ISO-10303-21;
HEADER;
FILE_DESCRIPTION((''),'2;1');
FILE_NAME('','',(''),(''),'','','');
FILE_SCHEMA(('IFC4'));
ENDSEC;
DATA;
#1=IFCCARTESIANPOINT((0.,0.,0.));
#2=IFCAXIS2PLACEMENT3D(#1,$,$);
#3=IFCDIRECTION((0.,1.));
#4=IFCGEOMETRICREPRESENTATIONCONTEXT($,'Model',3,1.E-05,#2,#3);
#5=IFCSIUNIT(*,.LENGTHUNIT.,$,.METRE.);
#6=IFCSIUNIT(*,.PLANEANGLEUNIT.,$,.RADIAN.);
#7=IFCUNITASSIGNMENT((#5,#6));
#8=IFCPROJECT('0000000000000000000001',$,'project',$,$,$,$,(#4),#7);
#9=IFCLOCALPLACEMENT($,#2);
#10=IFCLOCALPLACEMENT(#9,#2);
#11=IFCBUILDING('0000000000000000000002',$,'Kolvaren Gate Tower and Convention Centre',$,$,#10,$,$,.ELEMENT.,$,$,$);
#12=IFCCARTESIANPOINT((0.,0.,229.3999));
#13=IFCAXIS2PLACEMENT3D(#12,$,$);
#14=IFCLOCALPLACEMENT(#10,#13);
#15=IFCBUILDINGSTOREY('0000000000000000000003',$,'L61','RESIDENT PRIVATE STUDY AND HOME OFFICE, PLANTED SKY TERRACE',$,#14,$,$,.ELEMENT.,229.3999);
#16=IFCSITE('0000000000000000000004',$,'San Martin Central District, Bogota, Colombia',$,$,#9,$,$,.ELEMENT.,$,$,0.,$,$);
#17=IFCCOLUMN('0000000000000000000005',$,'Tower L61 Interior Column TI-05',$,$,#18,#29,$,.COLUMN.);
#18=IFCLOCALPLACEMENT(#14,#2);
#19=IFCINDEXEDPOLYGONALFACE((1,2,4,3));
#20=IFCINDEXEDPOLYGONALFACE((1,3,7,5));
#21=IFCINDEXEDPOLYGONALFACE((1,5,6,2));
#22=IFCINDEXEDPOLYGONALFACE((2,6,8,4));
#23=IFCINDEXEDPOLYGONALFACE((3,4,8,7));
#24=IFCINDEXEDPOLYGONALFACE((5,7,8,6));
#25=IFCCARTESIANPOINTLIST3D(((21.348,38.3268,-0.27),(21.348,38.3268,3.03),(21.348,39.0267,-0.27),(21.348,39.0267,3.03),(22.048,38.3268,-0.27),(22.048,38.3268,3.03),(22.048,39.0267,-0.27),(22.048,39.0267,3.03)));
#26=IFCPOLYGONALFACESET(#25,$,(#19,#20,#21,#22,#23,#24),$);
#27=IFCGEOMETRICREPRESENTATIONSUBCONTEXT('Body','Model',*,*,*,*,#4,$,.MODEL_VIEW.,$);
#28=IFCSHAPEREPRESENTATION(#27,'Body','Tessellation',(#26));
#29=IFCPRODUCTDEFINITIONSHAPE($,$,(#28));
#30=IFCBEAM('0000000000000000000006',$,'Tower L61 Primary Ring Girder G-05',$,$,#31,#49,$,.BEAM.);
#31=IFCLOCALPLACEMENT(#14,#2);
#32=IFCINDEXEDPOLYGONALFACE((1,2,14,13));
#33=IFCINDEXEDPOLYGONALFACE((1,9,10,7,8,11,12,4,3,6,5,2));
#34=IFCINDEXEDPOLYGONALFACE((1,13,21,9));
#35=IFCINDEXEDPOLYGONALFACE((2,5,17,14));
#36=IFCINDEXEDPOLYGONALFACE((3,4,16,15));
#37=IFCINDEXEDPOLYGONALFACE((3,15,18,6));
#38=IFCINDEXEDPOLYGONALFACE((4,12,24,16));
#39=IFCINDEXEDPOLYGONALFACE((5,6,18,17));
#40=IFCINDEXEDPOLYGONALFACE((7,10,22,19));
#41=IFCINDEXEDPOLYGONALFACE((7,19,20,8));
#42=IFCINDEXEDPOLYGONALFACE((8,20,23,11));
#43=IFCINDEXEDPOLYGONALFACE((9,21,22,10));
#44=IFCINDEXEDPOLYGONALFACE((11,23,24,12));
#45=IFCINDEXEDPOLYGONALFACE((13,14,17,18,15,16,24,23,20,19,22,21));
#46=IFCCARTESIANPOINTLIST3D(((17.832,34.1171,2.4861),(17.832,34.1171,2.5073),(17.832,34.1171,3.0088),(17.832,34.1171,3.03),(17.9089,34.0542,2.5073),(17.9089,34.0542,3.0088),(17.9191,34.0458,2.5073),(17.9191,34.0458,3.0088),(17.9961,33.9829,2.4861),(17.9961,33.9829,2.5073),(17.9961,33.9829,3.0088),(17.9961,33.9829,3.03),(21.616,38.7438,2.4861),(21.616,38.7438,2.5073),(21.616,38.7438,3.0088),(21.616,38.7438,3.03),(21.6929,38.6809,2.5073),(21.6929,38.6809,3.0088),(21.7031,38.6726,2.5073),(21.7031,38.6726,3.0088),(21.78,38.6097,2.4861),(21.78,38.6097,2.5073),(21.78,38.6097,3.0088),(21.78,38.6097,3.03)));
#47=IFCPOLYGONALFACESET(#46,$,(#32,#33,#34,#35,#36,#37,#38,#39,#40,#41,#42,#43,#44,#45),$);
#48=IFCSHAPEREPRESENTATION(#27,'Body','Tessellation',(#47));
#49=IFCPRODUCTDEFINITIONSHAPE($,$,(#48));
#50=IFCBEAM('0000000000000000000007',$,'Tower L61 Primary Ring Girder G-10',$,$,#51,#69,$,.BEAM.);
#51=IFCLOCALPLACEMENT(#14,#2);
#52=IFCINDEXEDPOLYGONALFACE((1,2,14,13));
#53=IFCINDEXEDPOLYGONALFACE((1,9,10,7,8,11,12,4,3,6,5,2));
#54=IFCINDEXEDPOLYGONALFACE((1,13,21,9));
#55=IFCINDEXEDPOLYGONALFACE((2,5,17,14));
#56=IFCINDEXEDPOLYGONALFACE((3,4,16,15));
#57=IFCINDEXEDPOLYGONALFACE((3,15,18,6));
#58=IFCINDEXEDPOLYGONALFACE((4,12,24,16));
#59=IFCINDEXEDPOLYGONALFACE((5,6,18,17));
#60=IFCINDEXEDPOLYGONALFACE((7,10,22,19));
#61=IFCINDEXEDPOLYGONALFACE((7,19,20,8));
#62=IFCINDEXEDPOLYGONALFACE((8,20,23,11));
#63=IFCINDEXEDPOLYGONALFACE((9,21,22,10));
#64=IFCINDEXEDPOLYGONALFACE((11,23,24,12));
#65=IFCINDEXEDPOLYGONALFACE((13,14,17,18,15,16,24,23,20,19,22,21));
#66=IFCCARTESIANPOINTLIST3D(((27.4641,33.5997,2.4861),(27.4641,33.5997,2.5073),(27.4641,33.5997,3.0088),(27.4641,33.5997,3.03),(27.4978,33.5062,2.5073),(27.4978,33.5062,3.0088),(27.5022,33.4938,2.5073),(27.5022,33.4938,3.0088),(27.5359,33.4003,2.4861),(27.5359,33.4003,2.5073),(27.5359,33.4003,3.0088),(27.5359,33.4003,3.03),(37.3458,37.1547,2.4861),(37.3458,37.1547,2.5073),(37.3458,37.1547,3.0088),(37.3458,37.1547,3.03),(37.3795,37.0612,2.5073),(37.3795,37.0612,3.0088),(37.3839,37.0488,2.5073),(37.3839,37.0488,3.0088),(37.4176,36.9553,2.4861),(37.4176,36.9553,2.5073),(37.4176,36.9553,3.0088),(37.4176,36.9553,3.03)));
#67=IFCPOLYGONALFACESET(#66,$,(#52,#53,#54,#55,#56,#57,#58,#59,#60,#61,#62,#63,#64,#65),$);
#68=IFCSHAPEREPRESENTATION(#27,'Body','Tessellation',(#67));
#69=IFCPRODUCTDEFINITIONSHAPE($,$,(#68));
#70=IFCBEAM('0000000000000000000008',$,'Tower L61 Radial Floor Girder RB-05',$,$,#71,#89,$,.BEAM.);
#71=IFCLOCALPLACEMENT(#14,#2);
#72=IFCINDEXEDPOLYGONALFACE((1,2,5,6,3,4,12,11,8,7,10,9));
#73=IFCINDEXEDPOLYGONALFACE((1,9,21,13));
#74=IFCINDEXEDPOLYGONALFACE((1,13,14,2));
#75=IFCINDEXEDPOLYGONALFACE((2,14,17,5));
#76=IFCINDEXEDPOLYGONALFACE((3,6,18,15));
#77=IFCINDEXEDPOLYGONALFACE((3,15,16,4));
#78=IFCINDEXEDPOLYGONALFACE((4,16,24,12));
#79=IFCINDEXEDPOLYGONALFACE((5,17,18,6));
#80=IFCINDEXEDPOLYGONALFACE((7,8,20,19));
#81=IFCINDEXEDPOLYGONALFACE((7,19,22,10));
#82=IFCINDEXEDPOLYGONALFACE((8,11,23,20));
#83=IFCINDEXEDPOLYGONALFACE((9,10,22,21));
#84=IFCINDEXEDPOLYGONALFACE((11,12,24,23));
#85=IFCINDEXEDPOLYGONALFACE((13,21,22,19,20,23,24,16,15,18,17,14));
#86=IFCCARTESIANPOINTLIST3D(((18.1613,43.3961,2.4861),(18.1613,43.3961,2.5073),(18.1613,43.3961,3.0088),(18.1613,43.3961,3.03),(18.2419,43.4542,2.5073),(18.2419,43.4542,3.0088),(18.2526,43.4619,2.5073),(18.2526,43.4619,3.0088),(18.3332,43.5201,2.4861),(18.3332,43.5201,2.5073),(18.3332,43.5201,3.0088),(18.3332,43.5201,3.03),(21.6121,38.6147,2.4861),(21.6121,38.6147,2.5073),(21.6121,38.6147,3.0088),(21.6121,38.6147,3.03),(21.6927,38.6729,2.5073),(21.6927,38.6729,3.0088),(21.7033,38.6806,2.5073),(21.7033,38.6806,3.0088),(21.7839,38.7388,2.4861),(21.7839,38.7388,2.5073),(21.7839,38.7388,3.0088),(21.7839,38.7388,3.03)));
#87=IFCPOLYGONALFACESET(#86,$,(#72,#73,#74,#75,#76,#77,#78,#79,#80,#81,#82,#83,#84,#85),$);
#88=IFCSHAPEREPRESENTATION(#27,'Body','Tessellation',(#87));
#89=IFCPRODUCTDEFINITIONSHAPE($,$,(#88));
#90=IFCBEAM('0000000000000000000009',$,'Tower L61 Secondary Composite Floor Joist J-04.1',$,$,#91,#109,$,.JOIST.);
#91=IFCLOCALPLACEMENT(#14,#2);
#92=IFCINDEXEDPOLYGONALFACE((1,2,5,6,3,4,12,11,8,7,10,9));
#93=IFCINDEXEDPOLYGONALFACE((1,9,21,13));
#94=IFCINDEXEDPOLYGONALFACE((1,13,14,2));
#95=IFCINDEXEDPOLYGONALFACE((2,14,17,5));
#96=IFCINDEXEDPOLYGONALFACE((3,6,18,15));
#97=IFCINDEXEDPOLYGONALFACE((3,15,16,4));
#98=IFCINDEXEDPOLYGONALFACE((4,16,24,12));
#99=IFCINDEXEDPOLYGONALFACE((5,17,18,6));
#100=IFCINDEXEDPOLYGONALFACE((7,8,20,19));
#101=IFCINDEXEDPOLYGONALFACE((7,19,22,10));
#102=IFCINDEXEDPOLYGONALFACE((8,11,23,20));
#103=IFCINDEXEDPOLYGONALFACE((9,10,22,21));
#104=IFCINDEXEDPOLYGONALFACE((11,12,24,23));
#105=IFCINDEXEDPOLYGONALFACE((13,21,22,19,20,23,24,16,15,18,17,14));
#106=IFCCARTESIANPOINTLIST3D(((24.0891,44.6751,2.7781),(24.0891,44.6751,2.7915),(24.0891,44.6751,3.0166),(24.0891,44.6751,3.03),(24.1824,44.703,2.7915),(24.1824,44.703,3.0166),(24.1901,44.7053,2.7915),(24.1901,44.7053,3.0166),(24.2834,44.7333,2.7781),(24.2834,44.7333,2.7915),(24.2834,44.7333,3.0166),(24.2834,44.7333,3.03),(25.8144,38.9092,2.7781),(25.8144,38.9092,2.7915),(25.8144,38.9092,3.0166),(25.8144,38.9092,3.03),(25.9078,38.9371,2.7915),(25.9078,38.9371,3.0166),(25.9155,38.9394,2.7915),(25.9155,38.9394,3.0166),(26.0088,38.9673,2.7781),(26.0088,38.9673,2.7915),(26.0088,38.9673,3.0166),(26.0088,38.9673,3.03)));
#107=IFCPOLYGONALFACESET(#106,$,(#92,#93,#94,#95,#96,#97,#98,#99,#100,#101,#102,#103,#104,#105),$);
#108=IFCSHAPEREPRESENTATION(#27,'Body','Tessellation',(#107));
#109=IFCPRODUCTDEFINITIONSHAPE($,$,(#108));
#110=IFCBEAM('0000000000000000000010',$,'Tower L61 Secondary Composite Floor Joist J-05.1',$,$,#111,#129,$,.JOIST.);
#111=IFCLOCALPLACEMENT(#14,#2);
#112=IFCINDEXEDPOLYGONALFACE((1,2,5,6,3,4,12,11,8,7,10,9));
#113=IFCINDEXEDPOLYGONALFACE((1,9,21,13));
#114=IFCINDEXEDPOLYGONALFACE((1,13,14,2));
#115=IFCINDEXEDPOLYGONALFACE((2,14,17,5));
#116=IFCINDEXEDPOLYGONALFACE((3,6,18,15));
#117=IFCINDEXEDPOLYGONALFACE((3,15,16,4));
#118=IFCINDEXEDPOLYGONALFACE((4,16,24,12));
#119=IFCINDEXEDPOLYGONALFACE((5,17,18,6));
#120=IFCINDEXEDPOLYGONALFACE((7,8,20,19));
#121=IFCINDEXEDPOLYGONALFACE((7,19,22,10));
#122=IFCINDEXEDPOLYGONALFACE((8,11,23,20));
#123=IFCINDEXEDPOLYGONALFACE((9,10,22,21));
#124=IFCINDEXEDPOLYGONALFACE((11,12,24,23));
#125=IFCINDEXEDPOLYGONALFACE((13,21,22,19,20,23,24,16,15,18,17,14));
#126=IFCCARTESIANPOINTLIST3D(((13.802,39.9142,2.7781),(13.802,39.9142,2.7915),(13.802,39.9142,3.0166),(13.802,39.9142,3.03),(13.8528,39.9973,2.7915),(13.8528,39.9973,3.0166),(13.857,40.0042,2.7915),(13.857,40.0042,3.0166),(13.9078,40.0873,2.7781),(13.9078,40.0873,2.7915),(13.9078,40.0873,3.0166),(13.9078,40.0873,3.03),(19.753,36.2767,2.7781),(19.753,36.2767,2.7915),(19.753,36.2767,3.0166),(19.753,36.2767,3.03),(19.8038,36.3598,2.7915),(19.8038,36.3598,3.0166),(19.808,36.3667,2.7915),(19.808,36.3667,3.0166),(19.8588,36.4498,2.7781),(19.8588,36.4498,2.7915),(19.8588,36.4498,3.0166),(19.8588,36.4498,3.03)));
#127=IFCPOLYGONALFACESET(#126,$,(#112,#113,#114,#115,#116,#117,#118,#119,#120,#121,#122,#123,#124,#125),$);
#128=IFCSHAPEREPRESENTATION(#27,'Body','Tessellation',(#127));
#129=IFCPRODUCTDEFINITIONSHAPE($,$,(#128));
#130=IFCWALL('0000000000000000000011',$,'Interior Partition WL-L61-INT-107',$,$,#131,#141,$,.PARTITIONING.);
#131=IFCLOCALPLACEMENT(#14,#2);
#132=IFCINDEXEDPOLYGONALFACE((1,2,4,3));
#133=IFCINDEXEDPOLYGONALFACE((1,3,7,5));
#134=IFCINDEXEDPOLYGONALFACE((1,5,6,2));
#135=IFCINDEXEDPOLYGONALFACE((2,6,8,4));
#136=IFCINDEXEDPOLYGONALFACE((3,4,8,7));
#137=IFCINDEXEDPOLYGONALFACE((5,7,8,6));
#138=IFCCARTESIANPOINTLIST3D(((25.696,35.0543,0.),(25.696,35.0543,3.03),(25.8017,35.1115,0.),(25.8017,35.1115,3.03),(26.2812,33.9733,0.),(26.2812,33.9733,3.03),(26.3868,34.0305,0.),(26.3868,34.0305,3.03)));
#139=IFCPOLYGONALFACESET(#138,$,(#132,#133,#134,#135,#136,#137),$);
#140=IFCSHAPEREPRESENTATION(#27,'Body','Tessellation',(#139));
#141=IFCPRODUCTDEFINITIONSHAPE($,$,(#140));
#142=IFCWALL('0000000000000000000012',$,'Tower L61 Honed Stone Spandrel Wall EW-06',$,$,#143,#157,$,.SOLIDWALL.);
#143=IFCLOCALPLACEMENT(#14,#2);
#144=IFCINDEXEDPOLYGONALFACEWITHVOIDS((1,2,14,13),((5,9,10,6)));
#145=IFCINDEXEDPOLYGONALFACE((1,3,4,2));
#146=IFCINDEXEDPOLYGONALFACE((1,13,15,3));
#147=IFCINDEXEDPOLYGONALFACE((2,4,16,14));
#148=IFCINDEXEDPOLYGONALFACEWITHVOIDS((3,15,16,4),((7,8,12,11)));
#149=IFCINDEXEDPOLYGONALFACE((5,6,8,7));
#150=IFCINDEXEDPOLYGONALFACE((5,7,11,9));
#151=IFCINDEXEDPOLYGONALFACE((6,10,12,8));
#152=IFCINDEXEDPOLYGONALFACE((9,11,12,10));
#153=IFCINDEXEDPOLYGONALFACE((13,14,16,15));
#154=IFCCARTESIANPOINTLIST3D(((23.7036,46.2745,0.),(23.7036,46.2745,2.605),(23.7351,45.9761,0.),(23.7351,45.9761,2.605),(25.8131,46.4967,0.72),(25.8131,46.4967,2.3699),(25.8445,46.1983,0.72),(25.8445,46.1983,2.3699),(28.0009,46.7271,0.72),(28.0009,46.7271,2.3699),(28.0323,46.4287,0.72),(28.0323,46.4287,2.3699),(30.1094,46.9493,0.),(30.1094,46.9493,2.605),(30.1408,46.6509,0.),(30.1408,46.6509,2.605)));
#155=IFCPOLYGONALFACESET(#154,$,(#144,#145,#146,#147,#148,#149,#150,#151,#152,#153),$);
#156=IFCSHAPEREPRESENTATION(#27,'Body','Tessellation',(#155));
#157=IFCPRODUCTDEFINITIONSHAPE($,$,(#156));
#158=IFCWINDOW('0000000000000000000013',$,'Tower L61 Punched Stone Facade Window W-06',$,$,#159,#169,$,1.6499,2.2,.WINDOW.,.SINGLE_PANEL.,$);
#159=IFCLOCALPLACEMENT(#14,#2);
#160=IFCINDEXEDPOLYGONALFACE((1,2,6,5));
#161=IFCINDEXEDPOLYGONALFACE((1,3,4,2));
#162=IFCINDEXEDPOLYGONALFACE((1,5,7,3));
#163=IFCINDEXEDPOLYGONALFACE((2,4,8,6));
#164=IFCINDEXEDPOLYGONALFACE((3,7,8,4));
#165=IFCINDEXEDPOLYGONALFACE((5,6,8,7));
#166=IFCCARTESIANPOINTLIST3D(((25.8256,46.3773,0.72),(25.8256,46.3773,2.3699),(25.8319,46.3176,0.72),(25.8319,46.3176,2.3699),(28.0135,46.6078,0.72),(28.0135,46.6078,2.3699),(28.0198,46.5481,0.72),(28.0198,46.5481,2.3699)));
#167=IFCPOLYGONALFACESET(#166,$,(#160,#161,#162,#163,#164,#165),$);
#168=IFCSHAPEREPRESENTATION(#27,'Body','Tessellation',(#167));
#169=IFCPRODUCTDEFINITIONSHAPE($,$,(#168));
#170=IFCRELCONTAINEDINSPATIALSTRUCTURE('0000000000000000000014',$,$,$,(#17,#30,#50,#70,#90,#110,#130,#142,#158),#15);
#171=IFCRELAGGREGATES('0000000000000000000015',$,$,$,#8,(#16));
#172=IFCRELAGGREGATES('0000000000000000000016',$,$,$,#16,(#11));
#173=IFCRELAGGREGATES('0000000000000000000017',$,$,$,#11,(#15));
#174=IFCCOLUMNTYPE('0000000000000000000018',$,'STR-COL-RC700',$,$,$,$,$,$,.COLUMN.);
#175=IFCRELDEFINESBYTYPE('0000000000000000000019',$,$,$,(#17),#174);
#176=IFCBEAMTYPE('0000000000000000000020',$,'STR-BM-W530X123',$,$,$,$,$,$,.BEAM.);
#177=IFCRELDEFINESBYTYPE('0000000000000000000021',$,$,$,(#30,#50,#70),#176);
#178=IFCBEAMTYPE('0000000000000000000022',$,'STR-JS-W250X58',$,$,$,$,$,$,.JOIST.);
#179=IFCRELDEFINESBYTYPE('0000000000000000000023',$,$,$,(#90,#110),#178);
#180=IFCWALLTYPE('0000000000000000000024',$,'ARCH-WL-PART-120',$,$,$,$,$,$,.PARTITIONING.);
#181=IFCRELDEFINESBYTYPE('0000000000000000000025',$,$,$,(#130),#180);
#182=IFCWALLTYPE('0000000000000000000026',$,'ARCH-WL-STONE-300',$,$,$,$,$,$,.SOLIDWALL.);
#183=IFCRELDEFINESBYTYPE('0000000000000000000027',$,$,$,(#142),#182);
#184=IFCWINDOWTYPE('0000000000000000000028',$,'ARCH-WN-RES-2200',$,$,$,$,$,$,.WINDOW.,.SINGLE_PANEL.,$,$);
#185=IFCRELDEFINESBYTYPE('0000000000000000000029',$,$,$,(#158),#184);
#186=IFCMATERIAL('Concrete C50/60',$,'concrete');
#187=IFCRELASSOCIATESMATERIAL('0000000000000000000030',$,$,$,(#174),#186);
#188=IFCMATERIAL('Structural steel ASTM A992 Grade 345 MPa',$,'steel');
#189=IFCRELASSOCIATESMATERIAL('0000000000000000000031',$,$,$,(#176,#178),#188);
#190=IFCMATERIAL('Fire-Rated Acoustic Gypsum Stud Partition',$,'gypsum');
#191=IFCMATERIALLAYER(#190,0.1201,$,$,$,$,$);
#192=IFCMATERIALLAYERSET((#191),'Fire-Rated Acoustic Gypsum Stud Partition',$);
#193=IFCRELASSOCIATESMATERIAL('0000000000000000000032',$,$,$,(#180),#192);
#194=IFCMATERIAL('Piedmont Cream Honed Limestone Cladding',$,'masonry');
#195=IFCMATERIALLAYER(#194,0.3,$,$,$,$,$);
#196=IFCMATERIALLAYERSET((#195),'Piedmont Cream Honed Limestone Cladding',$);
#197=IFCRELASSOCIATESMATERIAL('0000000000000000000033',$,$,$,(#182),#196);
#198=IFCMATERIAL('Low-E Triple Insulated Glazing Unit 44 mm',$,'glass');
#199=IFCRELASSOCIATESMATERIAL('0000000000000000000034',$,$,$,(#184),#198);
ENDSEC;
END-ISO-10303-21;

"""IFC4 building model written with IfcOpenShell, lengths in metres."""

from ifc_helpers import new_model, si_unit, direction, frame, frame_2d, origin, origin_2d, place, context, subcontext, project, spatial, rectangle, i_section, extrude, material, layer, layer_set, material_profile, profile_set, type_object, element, fill, save


model = new_model("IFC4")

# Units and contexts
model_context = context("Model", 3, precision=1e-05, world=origin(), true_north=direction((0.0, 1.0)))
body_context = subcontext(model_context, "Body", "Model", "MODEL_VIEW")
ifc_project = project(units=[si_unit("LENGTHUNIT", "METRE"), si_unit("PLANEANGLEUNIT", "RADIAN")], contexts=[model_context])

# Site, building, storey
site_placement = place(None, origin())
site = spatial("IfcSite", under=ifc_project, at=site_placement, Name="San Martin Central District, Bogota, Colombia", CompositionType="ELEMENT", RefElevation=0.0)
building_placement = place(site_placement, origin())
building = spatial("IfcBuilding", under=site, at=building_placement, Name="Kolvaren Gate Tower and Convention Centre", CompositionType="ELEMENT")
storey_placement = place(building_placement, frame((0.0, 0.0, 229.3999)))
storey = spatial("IfcBuildingStorey", under=building, at=storey_placement, Name="L61", Description="RESIDENT PRIVATE STUDY AND HOME OFFICE, PLANTED SKY TERRACE", CompositionType="ELEMENT", Elevation=229.3999)

# Column
ifc_material_1 = material(Name="Concrete C50/60", Category="concrete")
ifc_material_profile_1 = material_profile(ifc_material_1, rectangle(XDim=0.7, YDim=0.7, at=origin_2d()), Name="RC-COL-700X700")
ifc_profile_set_1 = profile_set([ifc_material_profile_1], Name="Concrete C50/60")
column_type = type_object("IfcColumnType", Name="STR-COL-RC700", PredefinedType="COLUMN", material=ifc_profile_set_1)
column_placement = place(storey_placement, frame((21.698, 38.6768, -0.27), z_axis=(0.0, 0.0, 1.0), x_axis=(1.0, 0.0, 0.0)))
element("IfcColumn", 1, at=column_placement, inside=storey, type_object=column_type, Name="Tower L61 Interior Column TI-05", PredefinedType="COLUMN", context=body_context, shape_type="SweptSolid", body=[
    extrude(rectangle(XDim=0.7, YDim=0.7, at=origin_2d()), origin(), (0.0, 0.0, 1.0), 3.3),
])

# Beams
ifc_material_2 = material(Name="Structural steel ASTM A992 Grade 345 MPa", Category="steel")
ifc_material_profile_2 = material_profile(ifc_material_2, i_section(OverallWidth=0.2119, OverallDepth=0.5439, WebThickness=0.0132, FlangeThickness=0.0212, at=origin_2d()), Name="W530X123")
ifc_profile_set_2 = profile_set([ifc_material_profile_2], Name="Structural steel ASTM A992 Grade 345 MPa")
beam_type_1 = type_object("IfcBeamType", Name="STR-BM-W530X123", PredefinedType="BEAM", material=ifc_profile_set_2)
beam_1_placement = place(storey_placement, frame((21.698, 38.6768, 2.7581), z_axis=(-0.633082, -0.774085, 0.0), x_axis=(0.774085, -0.633082, 0.0)))
element("IfcBeam", 2, at=beam_1_placement, inside=storey, type_object=beam_type_1, Name="Tower L61 Primary Ring Girder G-05", PredefinedType="BEAM", context=body_context, shape_type="SweptSolid", body=[
    extrude(i_section(OverallWidth=0.2119, OverallDepth=0.5439, WebThickness=0.0132, FlangeThickness=0.0212, at=origin_2d()), origin(), (0.0, 0.0, 1.0), 5.9771),
])
beam_2_placement = place(storey_placement, frame((27.5, 33.5, 2.7581), z_axis=(0.940961, 0.338514, 0.0), x_axis=(-0.338514, 0.940961, 0.0)))
element("IfcBeam", 3, at=beam_2_placement, inside=storey, type_object=beam_type_1, Name="Tower L61 Primary Ring Girder G-10", PredefinedType="BEAM", context=body_context, shape_type="SweptSolid", body=[
    extrude(i_section(OverallWidth=0.2119, OverallDepth=0.5439, WebThickness=0.0132, FlangeThickness=0.0212, at=origin_2d()), origin(), (0.0, 0.0, 1.0), 10.5017),
])
beam_3_placement = place(storey_placement, frame((21.698, 38.6768, 2.7581), z_axis=(-0.585218, 0.810876, 0.0), x_axis=(-0.810876, -0.585218, 0.0)))
element("IfcBeam", 4, at=beam_3_placement, inside=storey, type_object=beam_type_1, Name="Tower L61 Radial Floor Girder RB-05", PredefinedType="BEAM", context=body_context, shape_type="SweptSolid", body=[
    extrude(i_section(OverallWidth=0.2119, OverallDepth=0.5439, WebThickness=0.0132, FlangeThickness=0.0212, at=origin_2d()), origin(), (0.0, 0.0, 1.0), 5.8965),
])
ifc_material_profile_3 = material_profile(ifc_material_2, i_section(OverallWidth=0.2029, OverallDepth=0.252, WebThickness=0.0081, FlangeThickness=0.0134, at=origin_2d()), Name="W250X58")
ifc_profile_set_3 = profile_set([ifc_material_profile_3], Name="Structural steel ASTM A992 Grade 345 MPa")
beam_type_2 = type_object("IfcBeamType", Name="STR-JS-W250X58", PredefinedType="JOIST", material=ifc_profile_set_3)
beam_4_placement = place(storey_placement, frame((25.9116, 38.9382, 2.9041), z_axis=(-0.286674, 0.958028, 0.0), x_axis=(-0.958028, -0.286674, 0.0)))
element("IfcBeam", 5, at=beam_4_placement, inside=storey, type_object=beam_type_2, Name="Tower L61 Secondary Composite Floor Joist J-04.1", PredefinedType="JOIST", context=body_context, shape_type="SweptSolid", body=[
    extrude(i_section(OverallWidth=0.2029, OverallDepth=0.252, WebThickness=0.0081, FlangeThickness=0.0134, at=origin_2d()), origin(), (0.0, 0.0, 1.0), 6.0186),
])
beam_5_placement = place(storey_placement, frame((19.8059, 36.3633, 2.9041), z_axis=(-0.853233, 0.521531, 0.0), x_axis=(-0.521531, -0.853233, 0.0)))
element("IfcBeam", 6, at=beam_5_placement, inside=storey, type_object=beam_type_2, Name="Tower L61 Secondary Composite Floor Joist J-05.1", PredefinedType="JOIST", context=body_context, shape_type="SweptSolid", body=[
    extrude(i_section(OverallWidth=0.2029, OverallDepth=0.252, WebThickness=0.0081, FlangeThickness=0.0134, at=origin_2d()), origin(), (0.0, 0.0, 1.0), 6.9746),
])

# Wall
ifc_material_3 = material(Name="Fire-Rated Acoustic Gypsum Stud Partition", Category="gypsum")
ifc_layer_1 = layer(ifc_material_3, 0.1201)
ifc_layer_set_1 = layer_set([ifc_layer_1], Name="Fire-Rated Acoustic Gypsum Stud Partition")
wall_type_1 = type_object("IfcWallType", Name="ARCH-WL-PART-120", PredefinedType="PARTITIONING", material=ifc_layer_set_1)
wall_1_placement = place(storey_placement, frame((25.7488, 35.083, 0.0), z_axis=(0.0, 0.0, 1.0), x_axis=(0.476053, -0.879417, 0.0)))
element("IfcWall", 7, at=wall_1_placement, inside=storey, type_object=wall_type_1, Name="Interior Partition WL-L61-INT-107", PredefinedType="PARTITIONING", context=body_context, shape_type="SweptSolid", body=[
    extrude(rectangle(XDim=1.2292, YDim=0.1201, at=frame_2d((0.6147, 0.0))), origin(), (0.0, 0.0, 1.0), 3.03),
])

# Wall, opening, window
ifc_material_4 = material(Name="Piedmont Cream Honed Limestone Cladding", Category="masonry")
ifc_layer_2 = layer(ifc_material_4, 0.3)
ifc_layer_set_2 = layer_set([ifc_layer_2], Name="Piedmont Cream Honed Limestone Cladding")
wall_type_2 = type_object("IfcWallType", Name="ARCH-WL-STONE-300", PredefinedType="SOLIDWALL", material=ifc_layer_set_2)
wall_2_placement = place(storey_placement, frame((23.7192, 46.1252, 0.0), z_axis=(0.0, 0.0, 1.0), x_axis=(0.994497, 0.104764, 0.0)))
wall_2 = element("IfcWall", 8, at=wall_2_placement, inside=storey, type_object=wall_type_2, Name="Tower L61 Honed Stone Spandrel Wall EW-06", PredefinedType="SOLIDWALL", context=body_context, shape_type="SweptSolid", body=[
    extrude(rectangle(XDim=6.4412, YDim=0.3, at=frame_2d((3.2207, 0.0))), origin(), (0.0, 0.0, 1.0), 2.605),
])
opening_1_placement = place(wall_2_placement, frame((2.1211, 0.0, 0.72)))
opening_1 = element("IfcOpeningElement", 9, at=opening_1_placement, cuts=wall_2, PredefinedType="OPENING", context=body_context, shape_type="SweptSolid", body=[
    extrude(rectangle(XDim=2.2, YDim=1.6499, at=frame_2d((1.1001, 0.825))), frame((0.0, 0.1599, 0.0), z_axis=(0.0, -1.0, 0.0), x_axis=(1.0, 0.0, 0.0)), (0.0, 0.0, 1.0), 0.3201),
])
ifc_material_5 = material(Name="Low-E Triple Insulated Glazing Unit 44 mm", Category="glass")
window_type = type_object("IfcWindowType", Name="ARCH-WN-RES-2200", PartitioningType="SINGLE_PANEL", PredefinedType="WINDOW", material=ifc_material_5)
window_placement = place(opening_1_placement, origin())
window = element("IfcWindow", 10, at=window_placement, inside=storey, type_object=window_type, Name="Tower L61 Punched Stone Facade Window W-06", OverallHeight=1.6499, OverallWidth=2.2, PartitioningType="SINGLE_PANEL", PredefinedType="WINDOW", context=body_context, shape_type="SweptSolid", body=[
    extrude(rectangle(XDim=2.2, YDim=1.6499, at=frame_2d((1.1001, 0.825))), frame((0.0, 0.03, 0.0), z_axis=(0.0, -1.0, 0.0), x_axis=(1.0, 0.0, 0.0)), (0.0, 0.0, 1.0), 0.0601),
])
fill(opening_1, window)

save(model, "model.ifc")
